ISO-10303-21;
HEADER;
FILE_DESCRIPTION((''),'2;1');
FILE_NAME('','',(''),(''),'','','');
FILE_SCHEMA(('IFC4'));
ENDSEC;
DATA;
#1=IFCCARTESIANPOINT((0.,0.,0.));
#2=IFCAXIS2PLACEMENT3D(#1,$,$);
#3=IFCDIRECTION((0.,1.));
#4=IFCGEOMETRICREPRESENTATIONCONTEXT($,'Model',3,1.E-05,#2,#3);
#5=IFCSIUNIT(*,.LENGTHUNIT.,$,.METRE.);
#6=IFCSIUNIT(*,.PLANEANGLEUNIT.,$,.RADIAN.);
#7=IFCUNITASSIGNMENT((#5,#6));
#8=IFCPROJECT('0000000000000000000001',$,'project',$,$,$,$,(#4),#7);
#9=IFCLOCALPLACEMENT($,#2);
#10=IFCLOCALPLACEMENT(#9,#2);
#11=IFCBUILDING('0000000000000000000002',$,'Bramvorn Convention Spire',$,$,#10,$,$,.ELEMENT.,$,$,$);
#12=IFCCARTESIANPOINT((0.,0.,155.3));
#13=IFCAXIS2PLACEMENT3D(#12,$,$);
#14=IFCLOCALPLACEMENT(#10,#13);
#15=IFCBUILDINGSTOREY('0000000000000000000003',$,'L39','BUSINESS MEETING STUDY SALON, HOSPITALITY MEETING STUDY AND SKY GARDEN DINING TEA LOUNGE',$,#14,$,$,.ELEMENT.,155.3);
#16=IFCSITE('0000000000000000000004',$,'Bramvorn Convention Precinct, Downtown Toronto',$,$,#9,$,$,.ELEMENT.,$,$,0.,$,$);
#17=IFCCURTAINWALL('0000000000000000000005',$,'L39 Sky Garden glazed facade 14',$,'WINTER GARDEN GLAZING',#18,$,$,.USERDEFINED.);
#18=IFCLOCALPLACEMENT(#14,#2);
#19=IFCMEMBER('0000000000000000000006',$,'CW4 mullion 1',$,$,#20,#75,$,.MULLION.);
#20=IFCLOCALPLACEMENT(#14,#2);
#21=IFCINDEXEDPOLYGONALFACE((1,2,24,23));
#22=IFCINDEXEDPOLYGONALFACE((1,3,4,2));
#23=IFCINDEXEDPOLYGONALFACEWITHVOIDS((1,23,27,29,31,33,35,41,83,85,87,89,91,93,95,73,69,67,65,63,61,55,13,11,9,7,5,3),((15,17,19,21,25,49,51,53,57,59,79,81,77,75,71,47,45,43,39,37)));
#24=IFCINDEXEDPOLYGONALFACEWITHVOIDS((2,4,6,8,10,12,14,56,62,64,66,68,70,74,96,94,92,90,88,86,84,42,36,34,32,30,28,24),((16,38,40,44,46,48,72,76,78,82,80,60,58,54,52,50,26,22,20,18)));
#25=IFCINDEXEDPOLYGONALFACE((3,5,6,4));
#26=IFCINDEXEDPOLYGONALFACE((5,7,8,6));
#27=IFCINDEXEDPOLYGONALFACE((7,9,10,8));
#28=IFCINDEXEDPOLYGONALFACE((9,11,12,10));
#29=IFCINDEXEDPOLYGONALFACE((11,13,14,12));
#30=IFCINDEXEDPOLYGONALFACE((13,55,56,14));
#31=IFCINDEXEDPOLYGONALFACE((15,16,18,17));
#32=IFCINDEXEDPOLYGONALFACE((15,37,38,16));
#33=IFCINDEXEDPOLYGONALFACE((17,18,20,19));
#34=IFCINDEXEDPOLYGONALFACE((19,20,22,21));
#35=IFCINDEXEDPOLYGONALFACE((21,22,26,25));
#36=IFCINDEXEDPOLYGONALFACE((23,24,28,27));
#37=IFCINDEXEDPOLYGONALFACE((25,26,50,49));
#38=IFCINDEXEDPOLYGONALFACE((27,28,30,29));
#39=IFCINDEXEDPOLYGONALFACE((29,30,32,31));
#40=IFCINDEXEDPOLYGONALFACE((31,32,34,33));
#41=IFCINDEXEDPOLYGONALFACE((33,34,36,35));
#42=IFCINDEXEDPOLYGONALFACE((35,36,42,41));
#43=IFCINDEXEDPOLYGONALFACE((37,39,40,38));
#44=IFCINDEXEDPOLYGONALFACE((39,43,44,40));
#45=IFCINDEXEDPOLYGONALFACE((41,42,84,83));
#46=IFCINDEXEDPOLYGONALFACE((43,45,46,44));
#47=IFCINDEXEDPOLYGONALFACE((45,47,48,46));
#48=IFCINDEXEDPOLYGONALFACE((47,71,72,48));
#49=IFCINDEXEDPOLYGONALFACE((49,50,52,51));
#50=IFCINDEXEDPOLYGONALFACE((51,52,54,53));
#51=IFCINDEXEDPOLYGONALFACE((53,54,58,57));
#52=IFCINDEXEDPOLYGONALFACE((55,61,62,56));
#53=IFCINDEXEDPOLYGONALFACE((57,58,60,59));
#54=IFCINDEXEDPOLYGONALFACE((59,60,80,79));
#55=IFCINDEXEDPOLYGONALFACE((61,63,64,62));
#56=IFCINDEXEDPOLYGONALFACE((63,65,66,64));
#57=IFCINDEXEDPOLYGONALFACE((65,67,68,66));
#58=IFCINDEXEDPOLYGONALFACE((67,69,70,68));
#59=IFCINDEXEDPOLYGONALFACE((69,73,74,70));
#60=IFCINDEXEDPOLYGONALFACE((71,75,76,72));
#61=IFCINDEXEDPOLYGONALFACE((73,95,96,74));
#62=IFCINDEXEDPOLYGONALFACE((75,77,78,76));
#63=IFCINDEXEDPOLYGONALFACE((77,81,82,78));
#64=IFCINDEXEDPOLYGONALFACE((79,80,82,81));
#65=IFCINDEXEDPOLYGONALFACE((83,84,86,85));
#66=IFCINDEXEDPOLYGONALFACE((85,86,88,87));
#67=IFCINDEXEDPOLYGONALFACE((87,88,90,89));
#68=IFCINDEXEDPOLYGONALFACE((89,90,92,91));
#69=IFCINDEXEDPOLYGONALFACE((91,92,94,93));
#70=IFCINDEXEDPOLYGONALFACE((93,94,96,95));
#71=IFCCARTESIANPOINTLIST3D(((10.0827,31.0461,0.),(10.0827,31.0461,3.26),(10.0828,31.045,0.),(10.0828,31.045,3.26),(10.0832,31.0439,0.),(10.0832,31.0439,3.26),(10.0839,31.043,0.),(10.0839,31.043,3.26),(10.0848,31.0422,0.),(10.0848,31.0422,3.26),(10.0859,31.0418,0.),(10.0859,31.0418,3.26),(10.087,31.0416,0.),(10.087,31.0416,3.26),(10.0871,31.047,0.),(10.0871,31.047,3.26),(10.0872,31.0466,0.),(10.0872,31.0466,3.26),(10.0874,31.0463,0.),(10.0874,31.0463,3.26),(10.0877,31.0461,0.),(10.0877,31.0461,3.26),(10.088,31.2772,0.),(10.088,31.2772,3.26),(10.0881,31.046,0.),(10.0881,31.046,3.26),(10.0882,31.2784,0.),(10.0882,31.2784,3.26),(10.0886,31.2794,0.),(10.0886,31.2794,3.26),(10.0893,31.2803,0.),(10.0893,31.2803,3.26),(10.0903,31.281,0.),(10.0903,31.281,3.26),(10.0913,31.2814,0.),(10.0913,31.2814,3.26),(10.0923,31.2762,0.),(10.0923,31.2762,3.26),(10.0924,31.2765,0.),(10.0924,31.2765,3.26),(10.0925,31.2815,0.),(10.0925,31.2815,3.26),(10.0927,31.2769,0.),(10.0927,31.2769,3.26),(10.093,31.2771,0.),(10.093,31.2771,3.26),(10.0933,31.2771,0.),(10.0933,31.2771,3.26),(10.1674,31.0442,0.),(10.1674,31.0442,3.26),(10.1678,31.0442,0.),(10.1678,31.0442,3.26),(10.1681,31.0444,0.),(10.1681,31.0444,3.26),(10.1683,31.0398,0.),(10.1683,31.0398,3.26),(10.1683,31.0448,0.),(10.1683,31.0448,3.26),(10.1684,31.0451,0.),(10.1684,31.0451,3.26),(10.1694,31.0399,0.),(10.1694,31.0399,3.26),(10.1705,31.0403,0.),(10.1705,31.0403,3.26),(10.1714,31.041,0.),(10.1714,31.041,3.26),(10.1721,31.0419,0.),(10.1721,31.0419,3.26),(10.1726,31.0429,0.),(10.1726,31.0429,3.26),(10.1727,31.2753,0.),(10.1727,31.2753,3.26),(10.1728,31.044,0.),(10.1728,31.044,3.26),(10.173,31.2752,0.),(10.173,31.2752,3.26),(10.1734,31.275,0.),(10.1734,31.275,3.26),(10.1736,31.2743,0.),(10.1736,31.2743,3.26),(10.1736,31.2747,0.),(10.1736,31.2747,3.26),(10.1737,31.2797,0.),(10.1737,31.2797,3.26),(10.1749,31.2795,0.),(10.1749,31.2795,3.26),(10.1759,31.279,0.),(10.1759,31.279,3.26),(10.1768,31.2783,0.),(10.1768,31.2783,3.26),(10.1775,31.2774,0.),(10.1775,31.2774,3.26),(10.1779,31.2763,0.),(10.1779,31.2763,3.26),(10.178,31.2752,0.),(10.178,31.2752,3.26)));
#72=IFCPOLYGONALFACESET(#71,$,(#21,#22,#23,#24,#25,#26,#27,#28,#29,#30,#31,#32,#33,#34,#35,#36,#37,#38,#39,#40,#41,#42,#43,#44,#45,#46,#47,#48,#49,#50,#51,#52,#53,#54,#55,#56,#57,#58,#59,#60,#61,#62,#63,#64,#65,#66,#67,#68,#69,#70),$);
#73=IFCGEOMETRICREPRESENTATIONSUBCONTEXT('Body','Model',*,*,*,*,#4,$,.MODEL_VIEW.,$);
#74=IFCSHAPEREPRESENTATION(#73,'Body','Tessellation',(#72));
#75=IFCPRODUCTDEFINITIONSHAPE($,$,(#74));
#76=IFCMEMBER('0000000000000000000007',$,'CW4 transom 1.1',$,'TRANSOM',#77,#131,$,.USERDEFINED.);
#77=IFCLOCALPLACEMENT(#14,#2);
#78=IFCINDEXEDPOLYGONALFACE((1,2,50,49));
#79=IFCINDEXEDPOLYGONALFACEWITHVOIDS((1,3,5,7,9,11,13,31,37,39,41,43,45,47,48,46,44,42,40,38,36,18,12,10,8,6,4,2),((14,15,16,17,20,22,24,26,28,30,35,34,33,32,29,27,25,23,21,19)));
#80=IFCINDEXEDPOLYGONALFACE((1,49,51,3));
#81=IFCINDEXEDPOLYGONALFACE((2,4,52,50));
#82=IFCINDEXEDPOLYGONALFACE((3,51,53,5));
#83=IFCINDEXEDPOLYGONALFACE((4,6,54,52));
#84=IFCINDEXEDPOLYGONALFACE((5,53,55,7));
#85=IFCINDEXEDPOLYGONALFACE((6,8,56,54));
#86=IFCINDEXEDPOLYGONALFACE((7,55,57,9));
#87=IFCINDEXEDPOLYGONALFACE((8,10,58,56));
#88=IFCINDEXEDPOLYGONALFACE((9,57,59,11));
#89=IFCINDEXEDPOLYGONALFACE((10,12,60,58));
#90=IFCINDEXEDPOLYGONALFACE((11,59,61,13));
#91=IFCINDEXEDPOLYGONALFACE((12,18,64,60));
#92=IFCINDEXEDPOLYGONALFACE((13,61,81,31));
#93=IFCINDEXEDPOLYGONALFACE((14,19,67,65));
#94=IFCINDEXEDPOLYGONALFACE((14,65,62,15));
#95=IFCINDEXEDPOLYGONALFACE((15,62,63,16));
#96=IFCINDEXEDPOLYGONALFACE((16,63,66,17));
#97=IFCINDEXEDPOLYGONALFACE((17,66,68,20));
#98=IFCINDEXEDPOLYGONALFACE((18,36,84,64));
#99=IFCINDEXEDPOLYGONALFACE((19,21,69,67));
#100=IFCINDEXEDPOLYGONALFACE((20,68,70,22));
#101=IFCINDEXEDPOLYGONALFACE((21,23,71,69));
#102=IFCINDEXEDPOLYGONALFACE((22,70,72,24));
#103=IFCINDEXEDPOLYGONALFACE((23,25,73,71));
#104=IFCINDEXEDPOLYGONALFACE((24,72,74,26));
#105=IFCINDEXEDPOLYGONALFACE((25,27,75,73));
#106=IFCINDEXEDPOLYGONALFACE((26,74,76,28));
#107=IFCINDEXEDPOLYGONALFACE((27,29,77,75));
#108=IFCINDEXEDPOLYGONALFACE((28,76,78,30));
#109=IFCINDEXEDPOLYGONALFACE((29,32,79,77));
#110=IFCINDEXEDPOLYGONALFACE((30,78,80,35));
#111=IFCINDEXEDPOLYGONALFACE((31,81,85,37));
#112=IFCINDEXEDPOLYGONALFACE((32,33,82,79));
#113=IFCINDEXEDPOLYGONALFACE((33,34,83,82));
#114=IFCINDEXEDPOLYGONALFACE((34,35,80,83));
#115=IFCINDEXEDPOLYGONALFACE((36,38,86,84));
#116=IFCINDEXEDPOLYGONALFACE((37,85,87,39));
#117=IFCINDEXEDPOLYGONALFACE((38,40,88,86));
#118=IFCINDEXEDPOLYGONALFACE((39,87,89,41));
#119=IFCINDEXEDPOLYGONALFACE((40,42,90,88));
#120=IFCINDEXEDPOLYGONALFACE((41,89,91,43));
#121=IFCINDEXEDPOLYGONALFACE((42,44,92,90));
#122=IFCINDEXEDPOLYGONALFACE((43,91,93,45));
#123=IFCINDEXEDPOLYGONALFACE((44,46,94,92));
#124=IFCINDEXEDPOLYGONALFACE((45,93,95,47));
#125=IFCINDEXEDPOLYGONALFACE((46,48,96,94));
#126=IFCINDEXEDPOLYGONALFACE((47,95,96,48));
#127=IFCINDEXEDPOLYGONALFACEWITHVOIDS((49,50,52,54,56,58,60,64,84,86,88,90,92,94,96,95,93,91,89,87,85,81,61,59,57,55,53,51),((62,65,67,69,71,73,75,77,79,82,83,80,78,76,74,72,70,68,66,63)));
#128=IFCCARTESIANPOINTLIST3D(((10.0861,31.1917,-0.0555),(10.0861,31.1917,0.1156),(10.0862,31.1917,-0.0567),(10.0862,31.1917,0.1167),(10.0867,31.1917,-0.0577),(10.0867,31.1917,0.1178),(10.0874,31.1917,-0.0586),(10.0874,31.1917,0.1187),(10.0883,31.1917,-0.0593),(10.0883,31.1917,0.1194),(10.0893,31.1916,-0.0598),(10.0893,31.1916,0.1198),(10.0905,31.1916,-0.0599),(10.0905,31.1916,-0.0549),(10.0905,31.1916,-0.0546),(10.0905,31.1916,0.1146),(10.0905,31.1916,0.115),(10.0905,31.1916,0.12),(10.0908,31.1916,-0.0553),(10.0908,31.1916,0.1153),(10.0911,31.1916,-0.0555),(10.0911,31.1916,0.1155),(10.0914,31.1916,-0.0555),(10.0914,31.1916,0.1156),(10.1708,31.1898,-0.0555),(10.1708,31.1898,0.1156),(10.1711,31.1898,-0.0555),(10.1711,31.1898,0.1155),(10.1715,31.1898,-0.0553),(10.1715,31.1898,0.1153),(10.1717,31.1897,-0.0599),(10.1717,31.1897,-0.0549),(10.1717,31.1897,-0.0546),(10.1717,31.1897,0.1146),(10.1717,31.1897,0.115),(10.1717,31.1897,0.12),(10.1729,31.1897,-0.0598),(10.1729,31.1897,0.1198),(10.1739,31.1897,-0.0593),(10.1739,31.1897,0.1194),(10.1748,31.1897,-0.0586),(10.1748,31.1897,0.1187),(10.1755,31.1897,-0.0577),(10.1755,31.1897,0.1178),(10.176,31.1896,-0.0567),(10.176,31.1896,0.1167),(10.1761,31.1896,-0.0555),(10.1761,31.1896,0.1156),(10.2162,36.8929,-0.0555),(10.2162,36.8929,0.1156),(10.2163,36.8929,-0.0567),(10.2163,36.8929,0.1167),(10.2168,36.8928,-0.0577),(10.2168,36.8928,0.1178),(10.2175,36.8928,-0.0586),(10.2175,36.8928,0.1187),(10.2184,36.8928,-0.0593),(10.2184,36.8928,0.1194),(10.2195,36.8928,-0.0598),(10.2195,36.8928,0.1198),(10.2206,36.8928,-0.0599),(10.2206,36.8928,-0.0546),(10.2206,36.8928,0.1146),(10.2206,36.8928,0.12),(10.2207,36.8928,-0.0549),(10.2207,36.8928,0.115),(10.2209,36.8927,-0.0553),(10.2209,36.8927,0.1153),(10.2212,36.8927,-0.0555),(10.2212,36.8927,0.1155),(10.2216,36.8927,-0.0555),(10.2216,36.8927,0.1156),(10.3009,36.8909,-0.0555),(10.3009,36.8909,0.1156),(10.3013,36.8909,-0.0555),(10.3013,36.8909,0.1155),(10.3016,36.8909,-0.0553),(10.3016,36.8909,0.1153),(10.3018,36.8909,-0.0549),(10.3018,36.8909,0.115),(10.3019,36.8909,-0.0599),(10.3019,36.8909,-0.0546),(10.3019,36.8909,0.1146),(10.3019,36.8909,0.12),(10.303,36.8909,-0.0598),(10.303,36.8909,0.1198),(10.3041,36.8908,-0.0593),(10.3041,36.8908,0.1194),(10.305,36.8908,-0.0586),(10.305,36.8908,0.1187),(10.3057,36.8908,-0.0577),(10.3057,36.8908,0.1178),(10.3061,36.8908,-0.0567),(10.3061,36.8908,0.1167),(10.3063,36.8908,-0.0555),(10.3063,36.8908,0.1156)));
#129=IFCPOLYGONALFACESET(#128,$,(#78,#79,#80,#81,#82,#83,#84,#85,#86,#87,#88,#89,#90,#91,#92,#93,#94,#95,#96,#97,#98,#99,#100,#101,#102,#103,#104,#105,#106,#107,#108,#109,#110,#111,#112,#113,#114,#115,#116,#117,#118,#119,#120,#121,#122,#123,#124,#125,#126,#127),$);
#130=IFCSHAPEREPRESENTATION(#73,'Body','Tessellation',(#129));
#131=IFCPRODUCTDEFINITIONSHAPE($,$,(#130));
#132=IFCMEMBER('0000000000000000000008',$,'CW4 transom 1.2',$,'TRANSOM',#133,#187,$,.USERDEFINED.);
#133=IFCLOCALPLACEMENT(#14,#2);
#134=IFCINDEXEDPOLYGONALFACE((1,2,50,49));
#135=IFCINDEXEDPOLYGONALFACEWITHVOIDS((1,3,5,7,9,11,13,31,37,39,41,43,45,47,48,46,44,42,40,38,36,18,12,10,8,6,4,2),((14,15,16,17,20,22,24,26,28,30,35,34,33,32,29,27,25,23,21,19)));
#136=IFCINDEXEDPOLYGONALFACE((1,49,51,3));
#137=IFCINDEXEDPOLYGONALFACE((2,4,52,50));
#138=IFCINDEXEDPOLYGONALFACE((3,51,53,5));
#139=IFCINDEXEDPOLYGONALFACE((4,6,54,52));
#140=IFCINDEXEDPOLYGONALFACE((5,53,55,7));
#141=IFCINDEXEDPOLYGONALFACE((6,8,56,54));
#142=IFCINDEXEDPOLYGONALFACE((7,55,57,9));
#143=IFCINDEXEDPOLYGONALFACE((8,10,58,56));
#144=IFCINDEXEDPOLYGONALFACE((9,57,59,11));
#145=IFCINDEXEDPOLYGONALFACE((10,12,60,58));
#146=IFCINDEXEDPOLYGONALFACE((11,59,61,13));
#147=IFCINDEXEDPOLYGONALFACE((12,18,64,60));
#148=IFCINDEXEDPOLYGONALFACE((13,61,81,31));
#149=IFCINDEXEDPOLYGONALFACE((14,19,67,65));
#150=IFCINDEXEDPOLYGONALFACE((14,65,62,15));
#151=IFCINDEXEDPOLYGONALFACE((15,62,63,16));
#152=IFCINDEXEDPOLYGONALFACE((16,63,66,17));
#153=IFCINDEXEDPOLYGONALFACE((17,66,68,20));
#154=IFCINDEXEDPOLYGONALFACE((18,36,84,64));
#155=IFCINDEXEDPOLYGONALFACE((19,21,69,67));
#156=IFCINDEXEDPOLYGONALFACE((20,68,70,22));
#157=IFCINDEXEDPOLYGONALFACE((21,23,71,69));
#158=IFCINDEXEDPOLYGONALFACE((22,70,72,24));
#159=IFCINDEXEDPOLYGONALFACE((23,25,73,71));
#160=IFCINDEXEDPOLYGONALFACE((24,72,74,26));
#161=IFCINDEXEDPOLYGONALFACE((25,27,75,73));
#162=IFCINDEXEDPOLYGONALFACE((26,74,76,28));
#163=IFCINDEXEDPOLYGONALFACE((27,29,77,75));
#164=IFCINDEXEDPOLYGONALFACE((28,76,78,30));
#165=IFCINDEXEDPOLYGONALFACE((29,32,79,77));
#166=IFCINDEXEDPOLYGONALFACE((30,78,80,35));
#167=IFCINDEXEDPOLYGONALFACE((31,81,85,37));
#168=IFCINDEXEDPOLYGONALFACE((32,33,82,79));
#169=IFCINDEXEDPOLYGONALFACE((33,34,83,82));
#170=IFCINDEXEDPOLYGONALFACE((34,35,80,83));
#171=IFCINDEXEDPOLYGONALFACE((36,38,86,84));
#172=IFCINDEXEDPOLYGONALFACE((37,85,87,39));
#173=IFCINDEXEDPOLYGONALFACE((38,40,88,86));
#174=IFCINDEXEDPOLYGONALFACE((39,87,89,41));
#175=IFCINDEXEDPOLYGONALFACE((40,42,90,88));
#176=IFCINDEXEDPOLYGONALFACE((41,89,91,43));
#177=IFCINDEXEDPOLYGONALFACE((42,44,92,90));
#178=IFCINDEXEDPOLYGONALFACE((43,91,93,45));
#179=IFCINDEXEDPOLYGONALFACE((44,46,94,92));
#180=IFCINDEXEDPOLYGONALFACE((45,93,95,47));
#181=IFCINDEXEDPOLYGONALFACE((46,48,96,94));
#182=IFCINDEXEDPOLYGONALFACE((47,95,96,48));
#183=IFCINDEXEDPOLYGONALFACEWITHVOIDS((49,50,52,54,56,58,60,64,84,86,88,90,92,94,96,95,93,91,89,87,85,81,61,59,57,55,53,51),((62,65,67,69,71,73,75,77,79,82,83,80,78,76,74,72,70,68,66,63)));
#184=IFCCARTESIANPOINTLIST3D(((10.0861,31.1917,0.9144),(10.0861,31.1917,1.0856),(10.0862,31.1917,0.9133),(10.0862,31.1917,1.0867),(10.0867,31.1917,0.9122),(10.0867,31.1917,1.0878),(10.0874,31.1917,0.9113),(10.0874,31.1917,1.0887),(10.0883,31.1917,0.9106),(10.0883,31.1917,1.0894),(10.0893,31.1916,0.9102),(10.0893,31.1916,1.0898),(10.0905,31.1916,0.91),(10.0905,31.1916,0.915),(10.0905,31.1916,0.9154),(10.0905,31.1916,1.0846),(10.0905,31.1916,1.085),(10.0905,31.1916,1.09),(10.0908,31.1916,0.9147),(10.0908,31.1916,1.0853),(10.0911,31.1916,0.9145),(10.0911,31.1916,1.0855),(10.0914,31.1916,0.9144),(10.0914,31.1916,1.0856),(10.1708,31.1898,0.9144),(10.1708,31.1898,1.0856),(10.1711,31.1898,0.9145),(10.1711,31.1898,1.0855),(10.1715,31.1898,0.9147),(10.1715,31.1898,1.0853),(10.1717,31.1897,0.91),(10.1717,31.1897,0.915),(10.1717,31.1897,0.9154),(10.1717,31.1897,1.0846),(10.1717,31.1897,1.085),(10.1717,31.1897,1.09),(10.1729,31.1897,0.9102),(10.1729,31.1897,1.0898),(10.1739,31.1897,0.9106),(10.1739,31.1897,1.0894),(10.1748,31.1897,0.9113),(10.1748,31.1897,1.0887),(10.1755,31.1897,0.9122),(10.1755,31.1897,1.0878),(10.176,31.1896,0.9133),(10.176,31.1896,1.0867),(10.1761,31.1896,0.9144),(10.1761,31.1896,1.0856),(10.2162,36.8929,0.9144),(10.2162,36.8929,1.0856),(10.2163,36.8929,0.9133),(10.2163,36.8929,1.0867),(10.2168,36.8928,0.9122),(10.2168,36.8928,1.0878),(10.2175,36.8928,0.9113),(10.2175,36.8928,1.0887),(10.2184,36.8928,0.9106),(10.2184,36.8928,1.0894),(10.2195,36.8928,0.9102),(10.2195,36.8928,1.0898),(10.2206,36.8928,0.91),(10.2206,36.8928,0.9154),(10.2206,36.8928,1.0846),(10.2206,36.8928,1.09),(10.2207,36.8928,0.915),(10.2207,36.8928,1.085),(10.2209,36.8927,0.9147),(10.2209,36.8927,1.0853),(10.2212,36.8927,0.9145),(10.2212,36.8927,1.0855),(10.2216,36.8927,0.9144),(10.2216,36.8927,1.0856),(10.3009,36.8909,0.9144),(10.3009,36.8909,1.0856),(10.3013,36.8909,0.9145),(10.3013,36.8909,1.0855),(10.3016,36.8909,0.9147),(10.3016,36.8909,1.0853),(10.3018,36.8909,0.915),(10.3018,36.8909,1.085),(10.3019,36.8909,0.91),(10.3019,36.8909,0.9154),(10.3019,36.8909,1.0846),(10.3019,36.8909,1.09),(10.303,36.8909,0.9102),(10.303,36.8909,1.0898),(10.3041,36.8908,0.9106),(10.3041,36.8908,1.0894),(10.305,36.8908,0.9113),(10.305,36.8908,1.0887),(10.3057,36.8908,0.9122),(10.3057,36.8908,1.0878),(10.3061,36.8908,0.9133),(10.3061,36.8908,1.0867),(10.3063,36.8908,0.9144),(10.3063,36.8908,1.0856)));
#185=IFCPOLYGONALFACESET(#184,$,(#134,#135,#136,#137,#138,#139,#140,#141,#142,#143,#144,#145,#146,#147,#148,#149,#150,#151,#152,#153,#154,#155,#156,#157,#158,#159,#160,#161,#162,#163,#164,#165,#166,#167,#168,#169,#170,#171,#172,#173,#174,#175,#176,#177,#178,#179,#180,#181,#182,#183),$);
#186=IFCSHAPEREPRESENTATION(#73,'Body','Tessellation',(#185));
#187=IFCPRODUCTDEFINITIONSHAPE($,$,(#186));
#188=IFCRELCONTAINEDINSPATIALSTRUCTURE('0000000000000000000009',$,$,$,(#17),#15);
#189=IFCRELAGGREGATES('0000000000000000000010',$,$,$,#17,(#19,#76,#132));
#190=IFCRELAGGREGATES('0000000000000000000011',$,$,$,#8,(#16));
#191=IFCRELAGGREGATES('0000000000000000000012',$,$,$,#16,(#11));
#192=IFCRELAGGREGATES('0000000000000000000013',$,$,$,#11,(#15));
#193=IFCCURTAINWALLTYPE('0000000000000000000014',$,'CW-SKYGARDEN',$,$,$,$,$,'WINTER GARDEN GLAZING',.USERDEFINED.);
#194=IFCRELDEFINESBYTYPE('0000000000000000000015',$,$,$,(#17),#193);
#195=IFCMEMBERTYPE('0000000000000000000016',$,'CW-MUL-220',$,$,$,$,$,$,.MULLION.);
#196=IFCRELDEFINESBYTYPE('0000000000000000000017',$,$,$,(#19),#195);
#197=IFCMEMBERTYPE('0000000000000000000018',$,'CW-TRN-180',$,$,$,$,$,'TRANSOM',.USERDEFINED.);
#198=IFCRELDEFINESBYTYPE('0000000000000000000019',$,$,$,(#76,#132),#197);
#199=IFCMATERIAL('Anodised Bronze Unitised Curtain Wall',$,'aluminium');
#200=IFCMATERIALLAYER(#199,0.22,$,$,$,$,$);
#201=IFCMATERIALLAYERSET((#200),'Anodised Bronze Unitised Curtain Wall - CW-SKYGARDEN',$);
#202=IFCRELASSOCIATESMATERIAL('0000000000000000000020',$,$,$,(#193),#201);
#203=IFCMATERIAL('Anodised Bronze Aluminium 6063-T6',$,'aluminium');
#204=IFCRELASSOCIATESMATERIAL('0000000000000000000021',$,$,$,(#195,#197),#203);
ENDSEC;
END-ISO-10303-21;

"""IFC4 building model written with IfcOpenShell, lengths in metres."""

from ifc_helpers import new_model, si_unit, direction, frame, origin, origin_2d, place, context, subcontext, project, spatial, hollow_rectangle, extrude, material, layer, layer_set, material_profile, profile_set, type_object, element, aggregate, save


model = new_model("IFC4")

# Units and contexts
model_context = context("Model", 3, precision=1e-05, world=origin(), true_north=direction((0.0, 1.0)))
body_context = subcontext(model_context, "Body", "Model", "MODEL_VIEW")
ifc_project = project(units=[si_unit("LENGTHUNIT", "METRE"), si_unit("PLANEANGLEUNIT", "RADIAN")], contexts=[model_context])

# Site, building, storey
site_placement = place(None, origin())
site = spatial("IfcSite", under=ifc_project, at=site_placement, Name="Bramvorn Convention Precinct, Downtown Toronto", CompositionType="ELEMENT", RefElevation=0.0)
building_placement = place(site_placement, origin())
building = spatial("IfcBuilding", under=site, at=building_placement, Name="Bramvorn Convention Spire", CompositionType="ELEMENT")
storey_placement = place(building_placement, frame((0.0, 0.0, 155.3)))
storey = spatial("IfcBuildingStorey", under=building, at=storey_placement, Name="L39", Description="BUSINESS MEETING STUDY SALON, HOSPITALITY MEETING STUDY AND SKY GARDEN DINING TEA LOUNGE", CompositionType="ELEMENT", Elevation=155.3)

# Shared definitions
ifc_material_1 = material(Name="Anodised Bronze Unitised Curtain Wall", Category="aluminium")
ifc_material_2 = material(Name="Anodised Bronze Aluminium 6063-T6", Category="aluminium")

# Curtain wall, members
ifc_layer_1 = layer(ifc_material_1, 0.22)
ifc_layer_set_1 = layer_set([ifc_layer_1], Name="Anodised Bronze Unitised Curtain Wall - CW-SKYGARDEN")
curtain_wall_type_1 = type_object("IfcCurtainWallType", Name="CW-SKYGARDEN", ElementType="WINTER GARDEN GLAZING", PredefinedType="USERDEFINED", material=ifc_layer_set_1)
curtain_wall_1_placement = place(storey_placement, origin())
curtain_wall_1 = element("IfcCurtainWall", 1, at=curtain_wall_1_placement, inside=storey, type_object=curtain_wall_type_1, Name="L39 Sky Garden glazed facade 14", ObjectType="WINTER GARDEN GLAZING", PredefinedType="USERDEFINED")
ifc_material_profile_1 = material_profile(ifc_material_2, hollow_rectangle(XDim=0.0901, YDim=0.24, WallThickness=0.0044, InnerFilletRadius=0.001, OuterFilletRadius=0.0044, at=origin_2d()))
ifc_profile_set_1 = profile_set([ifc_material_profile_1], Name="Anodised Bronze Aluminium 6063-T6 - CWM90X240")
member_type_1 = type_object("IfcMemberType", Name="CW-MUL-220", PredefinedType="MULLION", material=ifc_profile_set_1)
member_1_placement = place(storey_placement, frame((10.1304, 31.1606, 0.0), z_axis=(0.0, 0.0, 1.0), x_axis=(-0.999739, 0.022824, 0.0)))
member_1 = element("IfcMember", 2, at=member_1_placement, type_object=member_type_1, Name="CW4 mullion 1", PredefinedType="MULLION", context=body_context, shape_type="SweptSolid", body=[
    extrude(hollow_rectangle(XDim=0.0901, YDim=0.24, WallThickness=0.0044, InnerFilletRadius=0.001, OuterFilletRadius=0.0044, at=origin_2d()), origin(), (0.0, 0.0, 1.0), 3.26),
])
ifc_material_profile_2 = material_profile(ifc_material_2, hollow_rectangle(XDim=0.0901, YDim=0.1799, WallThickness=0.0044, InnerFilletRadius=0.001, OuterFilletRadius=0.0044, at=origin_2d()))
ifc_profile_set_2 = profile_set([ifc_material_profile_2], Name="Anodised Bronze Aluminium 6063-T6 - CWT90X180")
member_type_2 = type_object("IfcMemberType", Name="CW-TRN-180", ElementType="TRANSOM", PredefinedType="USERDEFINED", material=ifc_profile_set_2)
member_2_placement = place(storey_placement, frame((10.1311, 31.1907, 0.03), z_axis=(0.022819, 0.99974, 0.0), x_axis=(-0.99974, 0.022819, 0.0)))
member_2 = element("IfcMember", 3, at=member_2_placement, type_object=member_type_2, Name="CW4 transom 1.1", ObjectType="TRANSOM", PredefinedType="USERDEFINED", context=body_context, shape_type="SweptSolid", body=[
    extrude(hollow_rectangle(XDim=0.0901, YDim=0.1799, WallThickness=0.0044, InnerFilletRadius=0.001, OuterFilletRadius=0.0044, at=origin_2d()), origin(), (0.0, 0.0, 1.0), 5.7026),
])
member_3_placement = place(storey_placement, frame((10.1311, 31.1907, 1.0), z_axis=(0.022819, 0.99974, 0.0), x_axis=(-0.99974, 0.022819, 0.0)))
member_3 = element("IfcMember", 4, at=member_3_placement, type_object=member_type_2, Name="CW4 transom 1.2", ObjectType="TRANSOM", PredefinedType="USERDEFINED", context=body_context, shape_type="SweptSolid", body=[
    extrude(hollow_rectangle(XDim=0.0901, YDim=0.1799, WallThickness=0.0044, InnerFilletRadius=0.001, OuterFilletRadius=0.0044, at=origin_2d()), origin(), (0.0, 0.0, 1.0), 5.7026),
])
aggregate(curtain_wall_1, [member_1, member_2, member_3])

save(model, "model.ifc")
